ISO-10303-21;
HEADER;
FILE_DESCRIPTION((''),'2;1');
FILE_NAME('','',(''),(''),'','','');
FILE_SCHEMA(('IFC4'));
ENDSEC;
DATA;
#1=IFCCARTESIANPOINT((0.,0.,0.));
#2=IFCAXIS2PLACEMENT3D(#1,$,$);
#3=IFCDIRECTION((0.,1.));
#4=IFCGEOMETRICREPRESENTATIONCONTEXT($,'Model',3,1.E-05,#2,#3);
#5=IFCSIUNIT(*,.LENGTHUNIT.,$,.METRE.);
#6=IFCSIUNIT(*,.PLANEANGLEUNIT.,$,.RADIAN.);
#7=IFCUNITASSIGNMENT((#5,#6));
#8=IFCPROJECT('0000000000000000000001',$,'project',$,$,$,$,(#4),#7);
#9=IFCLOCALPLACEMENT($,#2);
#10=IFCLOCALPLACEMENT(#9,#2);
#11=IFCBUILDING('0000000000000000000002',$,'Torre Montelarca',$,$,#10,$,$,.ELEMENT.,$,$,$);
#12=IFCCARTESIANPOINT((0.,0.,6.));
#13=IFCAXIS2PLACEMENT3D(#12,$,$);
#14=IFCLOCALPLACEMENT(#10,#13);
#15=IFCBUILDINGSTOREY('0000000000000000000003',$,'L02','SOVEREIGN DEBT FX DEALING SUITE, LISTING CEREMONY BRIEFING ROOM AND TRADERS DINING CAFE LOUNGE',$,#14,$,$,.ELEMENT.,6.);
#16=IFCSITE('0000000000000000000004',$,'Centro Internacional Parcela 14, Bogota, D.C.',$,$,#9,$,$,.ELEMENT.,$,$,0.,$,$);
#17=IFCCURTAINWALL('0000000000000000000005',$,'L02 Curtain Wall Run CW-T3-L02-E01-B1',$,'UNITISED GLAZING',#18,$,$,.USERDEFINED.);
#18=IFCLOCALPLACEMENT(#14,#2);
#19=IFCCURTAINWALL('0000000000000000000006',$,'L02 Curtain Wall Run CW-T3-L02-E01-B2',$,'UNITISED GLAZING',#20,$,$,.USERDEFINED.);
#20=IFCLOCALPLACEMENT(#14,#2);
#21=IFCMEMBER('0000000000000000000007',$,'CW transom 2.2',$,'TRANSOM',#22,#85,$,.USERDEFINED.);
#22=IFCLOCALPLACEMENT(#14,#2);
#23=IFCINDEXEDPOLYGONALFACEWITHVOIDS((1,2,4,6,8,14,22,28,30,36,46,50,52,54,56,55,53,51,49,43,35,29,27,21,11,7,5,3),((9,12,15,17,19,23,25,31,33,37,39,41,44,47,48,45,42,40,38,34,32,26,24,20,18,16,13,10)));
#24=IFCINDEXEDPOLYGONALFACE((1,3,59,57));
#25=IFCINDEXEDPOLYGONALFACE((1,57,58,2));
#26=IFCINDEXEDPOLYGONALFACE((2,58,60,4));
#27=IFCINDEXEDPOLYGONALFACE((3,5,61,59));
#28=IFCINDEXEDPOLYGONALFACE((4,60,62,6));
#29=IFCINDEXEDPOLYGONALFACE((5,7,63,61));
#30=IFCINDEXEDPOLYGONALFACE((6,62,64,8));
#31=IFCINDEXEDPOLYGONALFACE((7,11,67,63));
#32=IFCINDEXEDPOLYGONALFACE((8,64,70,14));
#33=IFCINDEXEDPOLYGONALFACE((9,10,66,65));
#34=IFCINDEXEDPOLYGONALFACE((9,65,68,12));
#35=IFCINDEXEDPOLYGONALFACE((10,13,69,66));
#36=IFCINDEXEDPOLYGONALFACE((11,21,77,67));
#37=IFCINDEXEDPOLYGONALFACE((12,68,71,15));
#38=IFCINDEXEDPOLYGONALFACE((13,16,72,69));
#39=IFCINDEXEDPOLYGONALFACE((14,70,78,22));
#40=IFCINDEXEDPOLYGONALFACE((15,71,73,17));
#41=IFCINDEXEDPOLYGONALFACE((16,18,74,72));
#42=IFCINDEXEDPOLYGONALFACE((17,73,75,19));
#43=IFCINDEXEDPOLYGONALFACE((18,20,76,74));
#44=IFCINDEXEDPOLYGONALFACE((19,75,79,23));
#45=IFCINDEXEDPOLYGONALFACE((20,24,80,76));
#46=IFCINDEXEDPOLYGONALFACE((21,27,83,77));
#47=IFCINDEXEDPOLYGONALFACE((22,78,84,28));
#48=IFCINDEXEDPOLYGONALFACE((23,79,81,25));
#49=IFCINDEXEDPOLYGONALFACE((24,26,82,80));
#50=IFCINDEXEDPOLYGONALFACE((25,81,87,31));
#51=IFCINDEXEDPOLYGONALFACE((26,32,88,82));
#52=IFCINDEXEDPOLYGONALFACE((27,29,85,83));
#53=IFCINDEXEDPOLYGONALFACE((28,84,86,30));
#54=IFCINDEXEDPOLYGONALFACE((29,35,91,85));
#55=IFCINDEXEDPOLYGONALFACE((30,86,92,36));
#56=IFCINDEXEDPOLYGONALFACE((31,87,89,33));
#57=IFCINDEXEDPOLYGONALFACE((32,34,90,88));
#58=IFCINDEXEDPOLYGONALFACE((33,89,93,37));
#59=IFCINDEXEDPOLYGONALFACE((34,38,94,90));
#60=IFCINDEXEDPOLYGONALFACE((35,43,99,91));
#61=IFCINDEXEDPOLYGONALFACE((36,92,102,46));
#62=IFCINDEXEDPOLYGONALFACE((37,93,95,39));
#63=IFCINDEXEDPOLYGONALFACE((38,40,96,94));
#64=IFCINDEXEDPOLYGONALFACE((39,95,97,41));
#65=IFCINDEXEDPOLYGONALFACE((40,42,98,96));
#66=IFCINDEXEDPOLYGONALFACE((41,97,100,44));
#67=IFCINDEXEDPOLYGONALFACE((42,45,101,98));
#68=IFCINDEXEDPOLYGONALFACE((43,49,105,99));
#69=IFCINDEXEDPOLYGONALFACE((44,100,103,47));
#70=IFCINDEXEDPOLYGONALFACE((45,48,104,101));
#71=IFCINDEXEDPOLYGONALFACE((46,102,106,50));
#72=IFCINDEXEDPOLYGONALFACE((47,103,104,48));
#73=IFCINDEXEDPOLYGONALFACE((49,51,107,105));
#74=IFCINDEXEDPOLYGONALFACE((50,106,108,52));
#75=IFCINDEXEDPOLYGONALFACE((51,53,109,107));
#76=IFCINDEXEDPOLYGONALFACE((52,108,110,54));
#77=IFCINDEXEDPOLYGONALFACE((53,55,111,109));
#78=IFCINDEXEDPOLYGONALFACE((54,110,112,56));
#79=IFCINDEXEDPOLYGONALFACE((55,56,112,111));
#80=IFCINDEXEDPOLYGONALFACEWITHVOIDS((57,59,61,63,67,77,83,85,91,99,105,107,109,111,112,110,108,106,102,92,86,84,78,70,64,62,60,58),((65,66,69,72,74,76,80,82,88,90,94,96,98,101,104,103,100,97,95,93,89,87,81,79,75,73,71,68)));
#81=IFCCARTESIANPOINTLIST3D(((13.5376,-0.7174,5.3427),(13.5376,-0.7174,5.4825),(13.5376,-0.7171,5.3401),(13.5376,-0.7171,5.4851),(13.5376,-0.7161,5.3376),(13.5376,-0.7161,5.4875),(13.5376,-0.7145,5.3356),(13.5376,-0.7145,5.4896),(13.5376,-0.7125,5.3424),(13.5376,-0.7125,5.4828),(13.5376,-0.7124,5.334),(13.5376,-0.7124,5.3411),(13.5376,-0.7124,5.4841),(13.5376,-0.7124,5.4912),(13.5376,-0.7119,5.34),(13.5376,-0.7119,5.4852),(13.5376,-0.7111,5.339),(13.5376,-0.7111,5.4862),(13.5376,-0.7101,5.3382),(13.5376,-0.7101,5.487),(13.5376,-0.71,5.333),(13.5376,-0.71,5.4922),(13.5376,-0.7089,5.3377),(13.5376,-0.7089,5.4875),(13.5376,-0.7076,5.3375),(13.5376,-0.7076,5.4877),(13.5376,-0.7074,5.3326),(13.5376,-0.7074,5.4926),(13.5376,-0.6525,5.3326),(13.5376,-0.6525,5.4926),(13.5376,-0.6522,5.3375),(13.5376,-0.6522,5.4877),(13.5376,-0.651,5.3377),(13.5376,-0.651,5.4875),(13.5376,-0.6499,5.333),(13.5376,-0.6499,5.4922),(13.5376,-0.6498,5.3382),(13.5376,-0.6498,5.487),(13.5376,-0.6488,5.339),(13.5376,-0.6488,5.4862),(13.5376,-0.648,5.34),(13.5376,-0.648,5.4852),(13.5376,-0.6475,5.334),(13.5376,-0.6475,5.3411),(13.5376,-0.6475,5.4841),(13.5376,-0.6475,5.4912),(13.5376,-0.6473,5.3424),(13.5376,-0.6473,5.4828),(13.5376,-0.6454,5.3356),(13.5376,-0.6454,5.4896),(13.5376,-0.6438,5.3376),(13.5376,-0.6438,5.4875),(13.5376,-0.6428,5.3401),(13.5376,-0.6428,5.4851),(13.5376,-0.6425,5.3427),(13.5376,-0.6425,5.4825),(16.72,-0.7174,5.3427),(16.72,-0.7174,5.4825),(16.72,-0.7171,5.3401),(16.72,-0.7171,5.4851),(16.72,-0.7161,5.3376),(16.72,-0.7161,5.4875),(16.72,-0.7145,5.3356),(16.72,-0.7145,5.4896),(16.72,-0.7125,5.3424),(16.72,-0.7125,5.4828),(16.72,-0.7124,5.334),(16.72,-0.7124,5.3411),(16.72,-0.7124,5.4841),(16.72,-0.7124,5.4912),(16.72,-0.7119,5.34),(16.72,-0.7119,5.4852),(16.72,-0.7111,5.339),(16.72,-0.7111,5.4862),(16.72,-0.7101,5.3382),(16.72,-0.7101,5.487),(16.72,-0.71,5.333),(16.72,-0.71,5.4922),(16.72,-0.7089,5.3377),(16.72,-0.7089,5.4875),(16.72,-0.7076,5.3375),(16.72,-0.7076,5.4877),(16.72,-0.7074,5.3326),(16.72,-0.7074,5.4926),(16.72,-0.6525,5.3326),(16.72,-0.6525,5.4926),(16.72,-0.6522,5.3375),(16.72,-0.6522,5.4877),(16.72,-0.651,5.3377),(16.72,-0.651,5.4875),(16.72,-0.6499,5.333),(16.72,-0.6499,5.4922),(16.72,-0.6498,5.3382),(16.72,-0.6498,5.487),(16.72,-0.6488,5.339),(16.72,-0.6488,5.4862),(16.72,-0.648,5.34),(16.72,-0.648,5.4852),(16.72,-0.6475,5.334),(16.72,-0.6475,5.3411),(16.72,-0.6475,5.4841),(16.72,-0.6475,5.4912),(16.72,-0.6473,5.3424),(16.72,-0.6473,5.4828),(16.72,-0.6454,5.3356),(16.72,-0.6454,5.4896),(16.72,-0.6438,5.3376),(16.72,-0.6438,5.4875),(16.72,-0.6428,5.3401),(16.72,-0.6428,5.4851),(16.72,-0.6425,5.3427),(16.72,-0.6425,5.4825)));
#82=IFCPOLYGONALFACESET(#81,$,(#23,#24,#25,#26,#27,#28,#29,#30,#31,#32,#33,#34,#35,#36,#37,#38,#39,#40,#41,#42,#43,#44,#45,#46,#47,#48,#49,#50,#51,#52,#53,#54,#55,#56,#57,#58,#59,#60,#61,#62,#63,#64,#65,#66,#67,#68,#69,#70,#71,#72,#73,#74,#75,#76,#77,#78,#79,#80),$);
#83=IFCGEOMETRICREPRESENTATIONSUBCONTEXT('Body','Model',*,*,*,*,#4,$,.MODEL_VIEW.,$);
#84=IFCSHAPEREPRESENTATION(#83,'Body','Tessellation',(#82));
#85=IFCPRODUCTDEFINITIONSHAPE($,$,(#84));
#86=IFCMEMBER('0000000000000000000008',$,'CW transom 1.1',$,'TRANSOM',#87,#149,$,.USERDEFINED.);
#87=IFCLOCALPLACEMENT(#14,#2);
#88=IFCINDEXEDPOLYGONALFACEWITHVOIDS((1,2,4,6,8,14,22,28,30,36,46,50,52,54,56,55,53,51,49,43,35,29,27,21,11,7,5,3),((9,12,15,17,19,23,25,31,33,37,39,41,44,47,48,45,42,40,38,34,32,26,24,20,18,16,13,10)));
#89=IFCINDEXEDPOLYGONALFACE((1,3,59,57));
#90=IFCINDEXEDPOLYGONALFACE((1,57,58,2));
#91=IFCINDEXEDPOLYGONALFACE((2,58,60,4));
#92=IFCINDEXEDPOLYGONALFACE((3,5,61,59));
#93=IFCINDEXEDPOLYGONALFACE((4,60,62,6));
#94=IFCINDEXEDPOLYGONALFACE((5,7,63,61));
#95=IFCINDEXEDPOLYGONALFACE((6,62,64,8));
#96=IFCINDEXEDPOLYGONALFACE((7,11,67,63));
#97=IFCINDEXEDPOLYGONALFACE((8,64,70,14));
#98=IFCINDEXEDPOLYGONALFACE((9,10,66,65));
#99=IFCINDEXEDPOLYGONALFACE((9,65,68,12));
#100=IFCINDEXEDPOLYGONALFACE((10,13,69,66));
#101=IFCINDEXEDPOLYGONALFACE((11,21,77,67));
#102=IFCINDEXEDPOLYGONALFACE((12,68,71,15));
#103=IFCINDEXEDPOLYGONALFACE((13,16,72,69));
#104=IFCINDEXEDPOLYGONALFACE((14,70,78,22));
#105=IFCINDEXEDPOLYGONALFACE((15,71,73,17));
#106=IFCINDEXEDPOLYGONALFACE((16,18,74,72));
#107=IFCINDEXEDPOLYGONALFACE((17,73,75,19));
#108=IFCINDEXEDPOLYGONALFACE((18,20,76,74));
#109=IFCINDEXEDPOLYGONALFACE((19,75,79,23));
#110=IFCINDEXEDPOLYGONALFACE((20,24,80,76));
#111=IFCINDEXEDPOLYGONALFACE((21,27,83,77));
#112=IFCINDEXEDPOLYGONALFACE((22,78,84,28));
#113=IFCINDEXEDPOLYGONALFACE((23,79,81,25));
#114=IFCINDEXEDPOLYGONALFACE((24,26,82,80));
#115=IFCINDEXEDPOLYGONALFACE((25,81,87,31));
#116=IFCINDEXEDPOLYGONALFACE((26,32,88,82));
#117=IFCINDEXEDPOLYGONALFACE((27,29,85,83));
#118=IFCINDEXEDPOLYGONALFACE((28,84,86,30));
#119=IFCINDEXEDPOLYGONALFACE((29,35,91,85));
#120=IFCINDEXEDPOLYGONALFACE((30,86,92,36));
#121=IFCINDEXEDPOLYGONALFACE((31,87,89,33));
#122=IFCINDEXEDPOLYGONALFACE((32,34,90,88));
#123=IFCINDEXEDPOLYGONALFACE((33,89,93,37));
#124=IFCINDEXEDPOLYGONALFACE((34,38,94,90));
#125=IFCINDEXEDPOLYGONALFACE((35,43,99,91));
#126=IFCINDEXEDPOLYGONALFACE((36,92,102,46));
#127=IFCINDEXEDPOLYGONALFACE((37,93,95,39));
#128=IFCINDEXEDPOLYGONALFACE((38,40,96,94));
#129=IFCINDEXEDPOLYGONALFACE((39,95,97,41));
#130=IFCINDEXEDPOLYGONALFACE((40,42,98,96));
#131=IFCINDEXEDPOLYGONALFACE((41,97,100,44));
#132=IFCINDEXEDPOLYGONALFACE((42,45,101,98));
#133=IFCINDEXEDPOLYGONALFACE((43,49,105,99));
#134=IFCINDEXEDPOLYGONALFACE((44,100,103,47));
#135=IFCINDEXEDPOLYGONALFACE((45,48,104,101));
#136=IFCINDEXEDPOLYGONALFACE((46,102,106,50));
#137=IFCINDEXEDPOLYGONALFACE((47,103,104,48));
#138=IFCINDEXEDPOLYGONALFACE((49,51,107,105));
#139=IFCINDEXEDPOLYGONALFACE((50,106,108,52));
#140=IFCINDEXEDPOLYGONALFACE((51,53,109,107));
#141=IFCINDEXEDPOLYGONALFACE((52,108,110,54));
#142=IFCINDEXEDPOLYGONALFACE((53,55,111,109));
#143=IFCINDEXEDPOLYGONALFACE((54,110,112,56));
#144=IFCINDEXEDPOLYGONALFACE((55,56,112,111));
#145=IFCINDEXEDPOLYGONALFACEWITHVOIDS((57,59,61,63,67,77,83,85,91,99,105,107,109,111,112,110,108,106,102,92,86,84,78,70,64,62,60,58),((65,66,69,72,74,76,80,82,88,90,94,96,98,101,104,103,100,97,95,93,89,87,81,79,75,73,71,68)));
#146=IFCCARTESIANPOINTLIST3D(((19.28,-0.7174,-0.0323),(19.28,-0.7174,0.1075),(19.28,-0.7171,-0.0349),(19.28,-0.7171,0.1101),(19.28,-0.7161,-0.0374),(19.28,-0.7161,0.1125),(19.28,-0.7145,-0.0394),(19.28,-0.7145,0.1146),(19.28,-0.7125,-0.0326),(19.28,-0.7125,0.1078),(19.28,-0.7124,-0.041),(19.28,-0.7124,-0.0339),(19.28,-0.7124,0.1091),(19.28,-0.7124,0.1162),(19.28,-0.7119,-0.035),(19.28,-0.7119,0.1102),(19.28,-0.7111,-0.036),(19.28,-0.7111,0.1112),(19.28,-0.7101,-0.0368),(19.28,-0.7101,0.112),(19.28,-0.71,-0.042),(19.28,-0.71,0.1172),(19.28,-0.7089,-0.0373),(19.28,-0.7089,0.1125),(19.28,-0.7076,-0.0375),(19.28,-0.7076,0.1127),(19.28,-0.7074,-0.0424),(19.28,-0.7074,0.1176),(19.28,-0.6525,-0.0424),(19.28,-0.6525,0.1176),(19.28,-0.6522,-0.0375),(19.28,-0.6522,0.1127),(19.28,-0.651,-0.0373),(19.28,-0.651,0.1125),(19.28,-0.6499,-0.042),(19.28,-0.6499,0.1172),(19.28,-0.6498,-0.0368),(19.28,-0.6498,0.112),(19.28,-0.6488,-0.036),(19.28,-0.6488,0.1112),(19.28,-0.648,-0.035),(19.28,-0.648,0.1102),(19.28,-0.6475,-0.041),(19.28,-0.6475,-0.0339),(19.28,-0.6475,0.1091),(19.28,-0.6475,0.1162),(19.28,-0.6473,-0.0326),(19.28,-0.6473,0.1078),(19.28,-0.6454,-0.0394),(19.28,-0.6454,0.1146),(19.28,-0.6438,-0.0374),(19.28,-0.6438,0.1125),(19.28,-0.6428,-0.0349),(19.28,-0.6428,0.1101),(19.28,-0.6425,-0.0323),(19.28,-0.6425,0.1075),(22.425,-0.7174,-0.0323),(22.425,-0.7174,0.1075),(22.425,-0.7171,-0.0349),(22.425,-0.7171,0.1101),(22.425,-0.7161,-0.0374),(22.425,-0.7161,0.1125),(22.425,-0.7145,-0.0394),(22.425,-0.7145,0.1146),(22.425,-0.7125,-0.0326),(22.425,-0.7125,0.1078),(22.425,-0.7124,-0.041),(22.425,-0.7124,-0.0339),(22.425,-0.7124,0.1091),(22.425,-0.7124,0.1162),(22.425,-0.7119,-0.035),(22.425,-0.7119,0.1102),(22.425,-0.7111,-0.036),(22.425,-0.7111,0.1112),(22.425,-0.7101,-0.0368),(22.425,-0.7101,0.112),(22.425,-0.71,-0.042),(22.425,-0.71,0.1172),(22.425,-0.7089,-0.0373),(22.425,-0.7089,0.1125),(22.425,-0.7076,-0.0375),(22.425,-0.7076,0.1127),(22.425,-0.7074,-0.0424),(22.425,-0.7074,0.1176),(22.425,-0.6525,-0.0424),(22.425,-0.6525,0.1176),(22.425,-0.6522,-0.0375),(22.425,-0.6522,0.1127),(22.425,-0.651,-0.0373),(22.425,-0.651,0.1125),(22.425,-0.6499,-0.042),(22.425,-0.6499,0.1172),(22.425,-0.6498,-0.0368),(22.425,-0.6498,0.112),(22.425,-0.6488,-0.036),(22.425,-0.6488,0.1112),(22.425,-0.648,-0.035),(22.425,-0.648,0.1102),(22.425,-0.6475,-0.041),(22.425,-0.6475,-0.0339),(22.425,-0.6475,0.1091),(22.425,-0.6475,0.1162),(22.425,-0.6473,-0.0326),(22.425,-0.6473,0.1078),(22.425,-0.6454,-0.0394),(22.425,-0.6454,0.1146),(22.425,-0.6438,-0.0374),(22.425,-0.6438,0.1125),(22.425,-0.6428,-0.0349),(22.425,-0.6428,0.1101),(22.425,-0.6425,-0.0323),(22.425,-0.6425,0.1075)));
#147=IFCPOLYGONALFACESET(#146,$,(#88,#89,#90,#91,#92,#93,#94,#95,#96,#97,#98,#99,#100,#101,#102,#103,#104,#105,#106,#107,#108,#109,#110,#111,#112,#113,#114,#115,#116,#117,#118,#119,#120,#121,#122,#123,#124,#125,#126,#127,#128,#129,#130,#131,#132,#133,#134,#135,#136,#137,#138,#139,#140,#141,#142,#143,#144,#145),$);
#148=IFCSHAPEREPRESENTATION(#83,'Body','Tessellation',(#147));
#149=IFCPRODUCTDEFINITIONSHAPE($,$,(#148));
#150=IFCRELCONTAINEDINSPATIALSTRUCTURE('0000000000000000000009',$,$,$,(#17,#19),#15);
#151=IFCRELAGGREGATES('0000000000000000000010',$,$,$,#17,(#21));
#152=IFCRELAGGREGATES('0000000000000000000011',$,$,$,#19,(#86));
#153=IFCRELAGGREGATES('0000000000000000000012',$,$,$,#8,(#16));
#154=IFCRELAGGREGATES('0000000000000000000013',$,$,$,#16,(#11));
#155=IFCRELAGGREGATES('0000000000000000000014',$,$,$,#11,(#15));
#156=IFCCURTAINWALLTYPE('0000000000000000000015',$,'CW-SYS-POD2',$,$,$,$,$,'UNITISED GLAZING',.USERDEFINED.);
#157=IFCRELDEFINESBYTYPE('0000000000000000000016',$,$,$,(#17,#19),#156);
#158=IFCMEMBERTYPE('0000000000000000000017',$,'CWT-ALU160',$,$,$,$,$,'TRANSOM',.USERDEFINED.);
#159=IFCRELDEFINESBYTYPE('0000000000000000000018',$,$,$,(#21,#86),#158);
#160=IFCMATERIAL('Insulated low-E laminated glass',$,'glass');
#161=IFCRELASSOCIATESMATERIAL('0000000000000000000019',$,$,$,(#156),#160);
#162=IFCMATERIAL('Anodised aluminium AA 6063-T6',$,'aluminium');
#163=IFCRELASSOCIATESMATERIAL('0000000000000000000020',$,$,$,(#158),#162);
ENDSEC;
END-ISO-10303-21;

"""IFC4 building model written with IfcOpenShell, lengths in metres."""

from ifc_helpers import new_model, si_unit, direction, frame, origin, origin_2d, place, context, subcontext, project, spatial, hollow_rectangle, extrude, source, transform, mapped, material, material_profile, profile_set, type_object, element, aggregate, save


model = new_model("IFC4")

# Units and contexts
model_context = context("Model", 3, precision=1e-05, world=origin(), true_north=direction((0.0, 1.0)))
body_context = subcontext(model_context, "Body", "Model", "MODEL_VIEW")
ifc_project = project(units=[si_unit("LENGTHUNIT", "METRE"), si_unit("PLANEANGLEUNIT", "RADIAN")], contexts=[model_context])

# Site, building, storey
site_placement = place(None, origin())
site = spatial("IfcSite", under=ifc_project, at=site_placement, Name="Centro Internacional Parcela 14, Bogota, D.C.", CompositionType="ELEMENT", RefElevation=0.0)
building_placement = place(site_placement, origin())
building = spatial("IfcBuilding", under=site, at=building_placement, Name="Torre Montelarca", CompositionType="ELEMENT")
storey_placement = place(building_placement, frame((0.0, 0.0, 6.0)))
storey = spatial("IfcBuildingStorey", under=building, at=storey_placement, Name="L02", Description="SOVEREIGN DEBT FX DEALING SUITE, LISTING CEREMONY BRIEFING ROOM AND TRADERS DINING CAFE LOUNGE", CompositionType="ELEMENT", Elevation=6.0)

# Curtain walls
ifc_material_1 = material(Name="Insulated low-E laminated glass", Category="glass")
curtain_wall_type = type_object("IfcCurtainWallType", Name="CW-SYS-POD2", ElementType="UNITISED GLAZING", PredefinedType="USERDEFINED", material=ifc_material_1)
curtain_wall_1_placement = place(storey_placement, origin())
curtain_wall_1 = element("IfcCurtainWall", 1, at=curtain_wall_1_placement, inside=storey, type_object=curtain_wall_type, Name="L02 Curtain Wall Run CW-T3-L02-E01-B1", ObjectType="UNITISED GLAZING", PredefinedType="USERDEFINED")
ifc_material_2 = material(Name="Anodised aluminium AA 6063-T6", Category="aluminium")
curtain_wall_2_placement = place(storey_placement, origin())
curtain_wall_2 = element("IfcCurtainWall", 2, at=curtain_wall_2_placement, inside=storey, type_object=curtain_wall_type, Name="L02 Curtain Wall Run CW-T3-L02-E01-B2", ObjectType="UNITISED GLAZING", PredefinedType="USERDEFINED")

# Members
ifc_material_profile_1 = material_profile(ifc_material_2, hollow_rectangle(XDim=0.075, YDim=0.1599, WallThickness=0.0049, InnerFilletRadius=0.0049, OuterFilletRadius=0.01, at=origin_2d()), Name="ALU75X160X5", Category="aluminium")
ifc_profile_set_1 = profile_set([ifc_material_profile_1], Name="Anodised aluminium AA 6063-T6")
member_type_1 = type_object("IfcMemberType", Name="CWT-ALU160", ElementType="TRANSOM", PredefinedType="USERDEFINED", material=ifc_profile_set_1)
shared_shape_1 = source(origin(), body_context, "Body", "SweptSolid", [
    extrude(hollow_rectangle(XDim=0.075, YDim=0.1599, WallThickness=0.0049, InnerFilletRadius=0.0049, OuterFilletRadius=0.01, at=origin_2d()), origin(), (0.0, 0.0, 1.0), 3.1824),
])
member_1_placement = place(storey_placement, frame((13.5376, -0.6799, 5.4126), z_axis=(1.0, 0.0, 0.0), x_axis=(0.0, 1.0, 0.0)))
member_1 = element("IfcMember", 3, at=member_1_placement, type_object=member_type_1, Name="CW transom 2.2", ObjectType="TRANSOM", PredefinedType="USERDEFINED", context=body_context, shape_type="MappedRepresentation", body=[
    mapped(shared_shape_1, transform((0.0, 0.0, 0.0), scale=1.0)),
])
shared_shape_2 = source(origin(), body_context, "Body", "SweptSolid", [
    extrude(hollow_rectangle(XDim=0.075, YDim=0.1599, WallThickness=0.0049, InnerFilletRadius=0.0049, OuterFilletRadius=0.01, at=origin_2d()), origin(), (0.0, 0.0, 1.0), 3.145),
])
member_2_placement = place(storey_placement, frame((19.28, -0.6799, 0.0376), z_axis=(1.0, 0.0, 0.0), x_axis=(0.0, 1.0, 0.0)))
member_2 = element("IfcMember", 4, at=member_2_placement, type_object=member_type_1, Name="CW transom 1.1", ObjectType="TRANSOM", PredefinedType="USERDEFINED", context=body_context, shape_type="MappedRepresentation", body=[
    mapped(shared_shape_2, transform((0.0, 0.0, 0.0), scale=1.0)),
])

aggregate(curtain_wall_1, [member_1])
aggregate(curtain_wall_2, [member_2])

save(model, "model.ifc")
